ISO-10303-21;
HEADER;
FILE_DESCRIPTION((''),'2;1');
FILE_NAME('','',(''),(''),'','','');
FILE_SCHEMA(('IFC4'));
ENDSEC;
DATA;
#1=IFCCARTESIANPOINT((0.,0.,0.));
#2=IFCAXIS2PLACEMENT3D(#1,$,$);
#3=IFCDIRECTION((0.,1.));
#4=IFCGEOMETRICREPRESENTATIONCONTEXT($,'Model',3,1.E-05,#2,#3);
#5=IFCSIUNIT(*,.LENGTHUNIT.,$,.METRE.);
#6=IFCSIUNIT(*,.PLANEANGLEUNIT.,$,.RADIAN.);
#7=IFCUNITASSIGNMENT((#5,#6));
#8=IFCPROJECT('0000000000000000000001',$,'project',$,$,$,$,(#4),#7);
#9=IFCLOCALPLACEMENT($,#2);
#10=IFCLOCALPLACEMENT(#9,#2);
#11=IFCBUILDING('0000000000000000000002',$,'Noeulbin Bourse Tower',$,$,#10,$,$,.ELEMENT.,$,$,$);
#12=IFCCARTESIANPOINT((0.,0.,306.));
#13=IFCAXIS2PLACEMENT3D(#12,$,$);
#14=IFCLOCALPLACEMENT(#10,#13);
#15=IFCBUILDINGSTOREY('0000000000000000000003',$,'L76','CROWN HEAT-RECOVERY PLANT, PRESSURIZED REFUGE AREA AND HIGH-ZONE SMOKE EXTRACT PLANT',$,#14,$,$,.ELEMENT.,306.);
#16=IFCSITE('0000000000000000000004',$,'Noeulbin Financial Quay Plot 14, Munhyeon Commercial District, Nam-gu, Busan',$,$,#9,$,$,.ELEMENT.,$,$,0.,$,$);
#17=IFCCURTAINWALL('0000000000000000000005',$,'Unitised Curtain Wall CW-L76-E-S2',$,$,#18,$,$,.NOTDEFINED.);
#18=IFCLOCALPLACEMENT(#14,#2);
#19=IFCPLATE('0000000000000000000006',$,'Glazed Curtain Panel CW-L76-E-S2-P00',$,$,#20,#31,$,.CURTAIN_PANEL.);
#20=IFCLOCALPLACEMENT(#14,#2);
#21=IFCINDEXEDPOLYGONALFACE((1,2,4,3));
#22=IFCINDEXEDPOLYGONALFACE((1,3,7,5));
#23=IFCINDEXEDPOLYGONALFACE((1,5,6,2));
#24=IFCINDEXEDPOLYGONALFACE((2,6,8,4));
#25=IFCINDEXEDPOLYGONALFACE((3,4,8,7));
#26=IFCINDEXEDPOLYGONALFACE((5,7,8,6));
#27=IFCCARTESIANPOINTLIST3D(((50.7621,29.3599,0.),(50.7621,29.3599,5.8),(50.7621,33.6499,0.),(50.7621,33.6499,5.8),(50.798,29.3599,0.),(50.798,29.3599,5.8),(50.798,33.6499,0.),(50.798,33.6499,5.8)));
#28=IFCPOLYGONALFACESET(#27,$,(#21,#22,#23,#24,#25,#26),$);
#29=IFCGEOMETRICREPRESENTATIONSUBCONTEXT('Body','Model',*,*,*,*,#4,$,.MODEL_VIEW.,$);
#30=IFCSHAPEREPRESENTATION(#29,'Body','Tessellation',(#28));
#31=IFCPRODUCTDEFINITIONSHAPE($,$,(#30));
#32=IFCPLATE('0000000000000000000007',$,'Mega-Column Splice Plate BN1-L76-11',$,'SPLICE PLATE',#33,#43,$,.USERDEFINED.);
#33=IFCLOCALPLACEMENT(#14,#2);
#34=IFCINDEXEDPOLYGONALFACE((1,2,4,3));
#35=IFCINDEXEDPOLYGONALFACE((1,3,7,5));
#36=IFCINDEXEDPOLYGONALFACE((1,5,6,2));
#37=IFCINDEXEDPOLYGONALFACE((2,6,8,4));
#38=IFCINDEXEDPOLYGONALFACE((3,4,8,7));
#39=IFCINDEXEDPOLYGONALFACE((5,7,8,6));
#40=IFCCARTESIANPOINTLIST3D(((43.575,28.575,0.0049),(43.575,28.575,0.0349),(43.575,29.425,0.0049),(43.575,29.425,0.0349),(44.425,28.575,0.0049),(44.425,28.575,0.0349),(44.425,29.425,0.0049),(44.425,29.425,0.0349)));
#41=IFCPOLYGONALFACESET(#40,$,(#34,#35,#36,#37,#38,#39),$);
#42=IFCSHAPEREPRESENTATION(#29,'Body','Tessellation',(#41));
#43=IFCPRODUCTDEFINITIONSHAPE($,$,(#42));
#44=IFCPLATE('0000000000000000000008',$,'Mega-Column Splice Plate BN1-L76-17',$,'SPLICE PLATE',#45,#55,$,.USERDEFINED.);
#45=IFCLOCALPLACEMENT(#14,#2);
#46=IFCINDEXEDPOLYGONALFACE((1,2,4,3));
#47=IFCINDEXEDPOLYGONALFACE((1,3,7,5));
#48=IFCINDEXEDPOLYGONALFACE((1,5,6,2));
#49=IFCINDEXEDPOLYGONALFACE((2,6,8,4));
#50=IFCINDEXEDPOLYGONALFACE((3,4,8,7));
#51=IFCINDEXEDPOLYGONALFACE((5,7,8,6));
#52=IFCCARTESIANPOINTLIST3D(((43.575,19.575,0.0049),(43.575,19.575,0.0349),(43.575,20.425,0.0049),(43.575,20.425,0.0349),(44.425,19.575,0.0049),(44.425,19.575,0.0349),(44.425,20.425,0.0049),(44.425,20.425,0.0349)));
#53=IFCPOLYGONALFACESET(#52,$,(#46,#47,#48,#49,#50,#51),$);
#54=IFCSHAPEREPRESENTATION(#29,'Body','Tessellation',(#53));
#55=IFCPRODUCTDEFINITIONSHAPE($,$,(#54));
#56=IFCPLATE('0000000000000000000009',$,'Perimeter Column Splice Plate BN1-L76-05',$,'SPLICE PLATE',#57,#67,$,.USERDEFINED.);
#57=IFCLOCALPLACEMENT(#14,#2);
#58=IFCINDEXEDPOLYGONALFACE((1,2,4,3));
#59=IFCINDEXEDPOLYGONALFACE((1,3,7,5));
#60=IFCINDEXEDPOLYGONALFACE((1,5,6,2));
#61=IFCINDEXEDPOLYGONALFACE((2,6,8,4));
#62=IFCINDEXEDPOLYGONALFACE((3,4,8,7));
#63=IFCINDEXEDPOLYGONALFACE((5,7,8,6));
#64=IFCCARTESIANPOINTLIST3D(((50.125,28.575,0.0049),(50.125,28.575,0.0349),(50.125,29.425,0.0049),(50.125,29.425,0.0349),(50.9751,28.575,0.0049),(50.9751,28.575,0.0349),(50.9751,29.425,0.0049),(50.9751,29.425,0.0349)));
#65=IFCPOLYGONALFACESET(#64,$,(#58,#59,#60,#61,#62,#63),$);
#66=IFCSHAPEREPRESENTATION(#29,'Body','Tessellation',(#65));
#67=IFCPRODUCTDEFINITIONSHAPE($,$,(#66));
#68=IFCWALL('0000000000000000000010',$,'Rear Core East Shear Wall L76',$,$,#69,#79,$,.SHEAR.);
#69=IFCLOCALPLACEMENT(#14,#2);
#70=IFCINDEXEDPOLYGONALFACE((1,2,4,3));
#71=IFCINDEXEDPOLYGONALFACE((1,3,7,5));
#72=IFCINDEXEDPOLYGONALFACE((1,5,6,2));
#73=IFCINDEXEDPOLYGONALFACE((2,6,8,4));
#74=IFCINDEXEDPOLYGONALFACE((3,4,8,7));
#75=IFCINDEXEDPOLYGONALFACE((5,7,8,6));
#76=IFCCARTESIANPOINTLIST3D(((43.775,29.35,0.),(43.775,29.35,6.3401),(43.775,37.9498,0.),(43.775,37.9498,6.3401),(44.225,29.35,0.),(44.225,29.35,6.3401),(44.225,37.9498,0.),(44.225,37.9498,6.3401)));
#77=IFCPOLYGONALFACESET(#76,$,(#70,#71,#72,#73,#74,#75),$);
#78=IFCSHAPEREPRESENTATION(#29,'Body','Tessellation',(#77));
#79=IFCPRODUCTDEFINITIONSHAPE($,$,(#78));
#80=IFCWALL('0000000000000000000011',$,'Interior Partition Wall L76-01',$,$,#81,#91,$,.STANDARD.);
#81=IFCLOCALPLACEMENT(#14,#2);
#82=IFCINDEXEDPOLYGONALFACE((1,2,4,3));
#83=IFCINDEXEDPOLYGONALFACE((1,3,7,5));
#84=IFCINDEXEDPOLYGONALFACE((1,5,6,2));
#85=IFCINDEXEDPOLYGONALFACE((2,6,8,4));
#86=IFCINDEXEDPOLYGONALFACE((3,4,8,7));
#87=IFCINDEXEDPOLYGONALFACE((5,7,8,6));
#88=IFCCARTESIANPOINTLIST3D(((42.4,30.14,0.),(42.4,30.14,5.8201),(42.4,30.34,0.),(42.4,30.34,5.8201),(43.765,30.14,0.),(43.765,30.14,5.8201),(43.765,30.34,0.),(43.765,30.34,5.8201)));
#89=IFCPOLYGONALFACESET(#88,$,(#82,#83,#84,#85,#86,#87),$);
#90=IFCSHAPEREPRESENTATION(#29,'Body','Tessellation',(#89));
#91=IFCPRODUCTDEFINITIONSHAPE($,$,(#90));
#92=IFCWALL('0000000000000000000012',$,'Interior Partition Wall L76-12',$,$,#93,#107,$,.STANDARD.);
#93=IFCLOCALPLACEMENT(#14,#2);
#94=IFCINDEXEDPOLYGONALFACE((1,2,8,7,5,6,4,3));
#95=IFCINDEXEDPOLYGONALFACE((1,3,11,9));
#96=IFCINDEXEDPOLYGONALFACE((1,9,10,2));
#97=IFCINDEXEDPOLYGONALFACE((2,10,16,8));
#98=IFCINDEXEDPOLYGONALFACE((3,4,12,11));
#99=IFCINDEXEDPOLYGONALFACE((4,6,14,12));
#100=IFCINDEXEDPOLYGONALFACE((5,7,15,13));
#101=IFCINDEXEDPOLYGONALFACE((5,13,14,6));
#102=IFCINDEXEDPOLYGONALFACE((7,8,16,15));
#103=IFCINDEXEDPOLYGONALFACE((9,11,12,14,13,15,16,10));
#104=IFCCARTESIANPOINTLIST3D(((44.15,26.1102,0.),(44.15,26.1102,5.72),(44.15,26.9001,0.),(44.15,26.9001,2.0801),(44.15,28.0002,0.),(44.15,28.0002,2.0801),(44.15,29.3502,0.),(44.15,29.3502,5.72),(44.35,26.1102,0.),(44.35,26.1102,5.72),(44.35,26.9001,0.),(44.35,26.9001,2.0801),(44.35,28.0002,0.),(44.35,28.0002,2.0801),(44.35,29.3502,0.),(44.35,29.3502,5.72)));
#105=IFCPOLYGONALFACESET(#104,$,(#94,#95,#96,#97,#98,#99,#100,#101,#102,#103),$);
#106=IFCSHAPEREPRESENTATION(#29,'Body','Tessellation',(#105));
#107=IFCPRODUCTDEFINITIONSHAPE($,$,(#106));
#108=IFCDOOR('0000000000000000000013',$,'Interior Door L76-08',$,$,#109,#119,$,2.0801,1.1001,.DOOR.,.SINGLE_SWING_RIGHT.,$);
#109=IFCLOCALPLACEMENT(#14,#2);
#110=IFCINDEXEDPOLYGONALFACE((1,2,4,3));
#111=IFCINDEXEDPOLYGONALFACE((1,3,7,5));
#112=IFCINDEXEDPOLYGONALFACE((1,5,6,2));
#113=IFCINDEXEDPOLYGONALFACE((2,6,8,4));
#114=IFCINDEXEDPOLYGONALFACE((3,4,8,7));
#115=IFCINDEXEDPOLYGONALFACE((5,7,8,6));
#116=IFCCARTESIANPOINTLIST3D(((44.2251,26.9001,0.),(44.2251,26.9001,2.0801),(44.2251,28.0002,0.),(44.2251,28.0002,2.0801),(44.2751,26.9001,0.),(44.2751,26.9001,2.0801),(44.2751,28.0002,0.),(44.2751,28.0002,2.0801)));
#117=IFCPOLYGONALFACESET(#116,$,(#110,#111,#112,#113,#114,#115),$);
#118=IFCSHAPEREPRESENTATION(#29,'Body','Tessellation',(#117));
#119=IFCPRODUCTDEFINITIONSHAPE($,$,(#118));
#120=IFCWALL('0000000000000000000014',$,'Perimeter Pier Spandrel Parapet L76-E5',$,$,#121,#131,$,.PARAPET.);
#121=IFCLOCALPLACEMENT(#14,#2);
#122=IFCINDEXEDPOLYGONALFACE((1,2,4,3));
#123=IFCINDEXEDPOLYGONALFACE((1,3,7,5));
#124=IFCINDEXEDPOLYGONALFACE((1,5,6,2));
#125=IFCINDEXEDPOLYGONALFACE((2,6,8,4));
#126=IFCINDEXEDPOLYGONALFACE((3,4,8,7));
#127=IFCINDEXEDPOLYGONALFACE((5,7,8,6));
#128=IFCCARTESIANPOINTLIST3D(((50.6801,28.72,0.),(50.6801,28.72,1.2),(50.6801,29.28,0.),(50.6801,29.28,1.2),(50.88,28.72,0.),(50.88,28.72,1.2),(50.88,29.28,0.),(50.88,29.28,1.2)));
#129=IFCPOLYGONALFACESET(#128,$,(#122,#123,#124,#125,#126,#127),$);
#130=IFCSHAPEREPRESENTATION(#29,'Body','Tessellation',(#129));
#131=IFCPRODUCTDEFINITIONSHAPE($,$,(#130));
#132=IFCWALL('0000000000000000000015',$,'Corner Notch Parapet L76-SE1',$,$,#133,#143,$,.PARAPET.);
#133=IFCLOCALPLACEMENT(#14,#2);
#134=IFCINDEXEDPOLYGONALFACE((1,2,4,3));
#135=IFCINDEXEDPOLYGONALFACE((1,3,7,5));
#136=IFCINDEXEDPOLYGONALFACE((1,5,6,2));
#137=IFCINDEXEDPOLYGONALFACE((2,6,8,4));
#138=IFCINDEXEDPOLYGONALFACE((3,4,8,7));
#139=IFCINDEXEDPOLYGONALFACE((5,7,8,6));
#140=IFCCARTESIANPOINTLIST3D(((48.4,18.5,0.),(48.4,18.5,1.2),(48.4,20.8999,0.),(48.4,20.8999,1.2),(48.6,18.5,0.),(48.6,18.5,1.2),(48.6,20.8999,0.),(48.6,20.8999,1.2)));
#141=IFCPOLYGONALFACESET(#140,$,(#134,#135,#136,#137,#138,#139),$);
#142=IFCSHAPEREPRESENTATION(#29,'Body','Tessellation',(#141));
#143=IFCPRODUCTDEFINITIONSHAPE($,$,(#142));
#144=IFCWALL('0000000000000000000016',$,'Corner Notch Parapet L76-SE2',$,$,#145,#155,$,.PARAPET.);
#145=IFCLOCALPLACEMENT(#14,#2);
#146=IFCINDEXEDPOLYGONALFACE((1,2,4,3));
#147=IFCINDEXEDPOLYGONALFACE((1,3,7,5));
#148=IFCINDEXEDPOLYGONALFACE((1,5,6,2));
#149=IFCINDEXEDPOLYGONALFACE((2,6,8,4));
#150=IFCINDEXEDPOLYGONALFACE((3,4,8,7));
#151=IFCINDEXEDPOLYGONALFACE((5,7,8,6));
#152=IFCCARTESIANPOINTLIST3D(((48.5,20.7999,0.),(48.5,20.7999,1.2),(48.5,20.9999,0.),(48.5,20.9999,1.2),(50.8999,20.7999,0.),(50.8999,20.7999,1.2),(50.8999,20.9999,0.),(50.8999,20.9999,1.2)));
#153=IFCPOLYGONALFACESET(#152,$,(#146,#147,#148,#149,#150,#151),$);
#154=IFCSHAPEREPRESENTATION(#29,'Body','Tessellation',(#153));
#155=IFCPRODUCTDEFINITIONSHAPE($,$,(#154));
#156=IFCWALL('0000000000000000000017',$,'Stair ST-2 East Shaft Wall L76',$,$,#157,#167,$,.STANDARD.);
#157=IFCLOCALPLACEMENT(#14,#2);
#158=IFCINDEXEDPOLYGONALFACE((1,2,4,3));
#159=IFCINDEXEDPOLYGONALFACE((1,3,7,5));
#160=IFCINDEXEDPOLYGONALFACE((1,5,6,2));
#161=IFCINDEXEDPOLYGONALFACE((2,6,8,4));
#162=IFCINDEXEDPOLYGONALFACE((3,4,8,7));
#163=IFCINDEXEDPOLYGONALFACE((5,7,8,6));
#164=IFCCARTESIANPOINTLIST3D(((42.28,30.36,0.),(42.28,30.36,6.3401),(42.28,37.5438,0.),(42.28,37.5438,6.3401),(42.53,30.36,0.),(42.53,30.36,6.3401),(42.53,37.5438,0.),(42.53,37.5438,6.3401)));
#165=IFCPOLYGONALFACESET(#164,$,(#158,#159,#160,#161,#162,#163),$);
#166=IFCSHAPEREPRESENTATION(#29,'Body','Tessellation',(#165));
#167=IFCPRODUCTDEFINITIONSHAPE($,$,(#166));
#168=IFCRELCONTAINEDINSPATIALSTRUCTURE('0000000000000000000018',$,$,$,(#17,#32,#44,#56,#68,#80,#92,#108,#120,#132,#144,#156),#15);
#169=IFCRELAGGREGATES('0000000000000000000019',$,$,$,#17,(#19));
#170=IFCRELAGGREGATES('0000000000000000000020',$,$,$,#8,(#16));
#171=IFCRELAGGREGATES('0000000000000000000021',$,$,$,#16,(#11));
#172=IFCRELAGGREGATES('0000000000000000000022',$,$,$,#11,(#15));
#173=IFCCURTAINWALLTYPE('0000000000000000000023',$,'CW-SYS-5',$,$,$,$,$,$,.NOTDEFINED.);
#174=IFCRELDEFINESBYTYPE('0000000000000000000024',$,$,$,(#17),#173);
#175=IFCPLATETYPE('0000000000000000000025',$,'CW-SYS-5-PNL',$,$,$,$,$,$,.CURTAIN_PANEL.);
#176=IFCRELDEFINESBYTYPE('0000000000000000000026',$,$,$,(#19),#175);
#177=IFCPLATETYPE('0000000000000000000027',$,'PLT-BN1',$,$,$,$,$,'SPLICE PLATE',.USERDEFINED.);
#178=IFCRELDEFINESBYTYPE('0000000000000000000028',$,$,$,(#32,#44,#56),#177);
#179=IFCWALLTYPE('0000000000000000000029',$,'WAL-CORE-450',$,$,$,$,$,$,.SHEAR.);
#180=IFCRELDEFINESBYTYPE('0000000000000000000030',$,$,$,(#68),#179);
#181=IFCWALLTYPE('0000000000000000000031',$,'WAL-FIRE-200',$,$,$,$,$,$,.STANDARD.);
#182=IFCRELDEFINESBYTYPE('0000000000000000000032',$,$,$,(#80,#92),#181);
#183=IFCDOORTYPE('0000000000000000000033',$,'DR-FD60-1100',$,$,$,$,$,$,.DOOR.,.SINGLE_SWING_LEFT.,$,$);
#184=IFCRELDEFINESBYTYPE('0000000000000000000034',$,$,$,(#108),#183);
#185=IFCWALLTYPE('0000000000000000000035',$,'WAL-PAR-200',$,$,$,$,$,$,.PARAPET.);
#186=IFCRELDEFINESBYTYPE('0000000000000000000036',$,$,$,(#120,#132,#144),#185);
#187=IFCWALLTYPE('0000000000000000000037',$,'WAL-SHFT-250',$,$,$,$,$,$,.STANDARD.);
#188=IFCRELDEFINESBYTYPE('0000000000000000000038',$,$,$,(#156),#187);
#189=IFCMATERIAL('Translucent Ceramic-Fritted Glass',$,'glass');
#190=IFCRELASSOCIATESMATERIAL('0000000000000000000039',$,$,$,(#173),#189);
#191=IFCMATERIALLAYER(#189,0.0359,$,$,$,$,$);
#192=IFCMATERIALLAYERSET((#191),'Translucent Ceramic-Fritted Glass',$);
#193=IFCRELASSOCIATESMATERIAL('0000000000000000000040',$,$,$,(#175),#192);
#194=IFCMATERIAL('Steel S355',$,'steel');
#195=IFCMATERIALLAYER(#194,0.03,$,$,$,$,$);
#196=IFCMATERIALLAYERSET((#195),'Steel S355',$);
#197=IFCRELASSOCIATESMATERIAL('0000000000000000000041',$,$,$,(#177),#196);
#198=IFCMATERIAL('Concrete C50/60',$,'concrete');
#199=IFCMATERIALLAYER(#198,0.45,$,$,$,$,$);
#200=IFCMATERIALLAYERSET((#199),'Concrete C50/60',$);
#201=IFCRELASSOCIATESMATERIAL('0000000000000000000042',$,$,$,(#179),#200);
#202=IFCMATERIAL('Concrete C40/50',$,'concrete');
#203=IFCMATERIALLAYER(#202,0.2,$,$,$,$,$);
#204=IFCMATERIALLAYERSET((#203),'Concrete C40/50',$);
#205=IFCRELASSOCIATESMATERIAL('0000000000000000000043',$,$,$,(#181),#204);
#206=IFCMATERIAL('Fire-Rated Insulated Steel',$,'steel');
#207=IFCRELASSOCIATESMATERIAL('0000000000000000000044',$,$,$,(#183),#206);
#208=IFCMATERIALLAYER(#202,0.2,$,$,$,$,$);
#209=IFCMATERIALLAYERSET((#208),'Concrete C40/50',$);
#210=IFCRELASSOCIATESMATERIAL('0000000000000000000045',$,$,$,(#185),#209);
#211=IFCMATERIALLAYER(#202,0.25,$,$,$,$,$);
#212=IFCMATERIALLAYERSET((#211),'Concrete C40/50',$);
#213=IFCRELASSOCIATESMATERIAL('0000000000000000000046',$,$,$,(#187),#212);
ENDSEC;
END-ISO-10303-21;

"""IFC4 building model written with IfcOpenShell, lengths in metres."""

from ifc_helpers import new_model, si_unit, direction, frame, frame_2d, origin, origin_2d, place, context, subcontext, project, spatial, rectangle, extrude, material, layer, layer_set, type_object, element, fill, aggregate, save


model = new_model("IFC4")

# Units and contexts
model_context = context("Model", 3, precision=1e-05, world=origin(), true_north=direction((0.0, 1.0)))
body_context = subcontext(model_context, "Body", "Model", "MODEL_VIEW")
ifc_project = project(units=[si_unit("LENGTHUNIT", "METRE"), si_unit("PLANEANGLEUNIT", "RADIAN")], contexts=[model_context])

# Site, building, storey
site_placement = place(None, origin())
site = spatial("IfcSite", under=ifc_project, at=site_placement, Name="Noeulbin Financial Quay Plot 14, Munhyeon Commercial District, Nam-gu, Busan", CompositionType="ELEMENT", RefElevation=0.0)
building_placement = place(site_placement, origin())
building = spatial("IfcBuilding", under=site, at=building_placement, Name="Noeulbin Bourse Tower", CompositionType="ELEMENT")
storey_placement = place(building_placement, frame((0.0, 0.0, 306.0)))
storey = spatial("IfcBuildingStorey", under=building, at=storey_placement, Name="L76", Description="CROWN HEAT-RECOVERY PLANT, PRESSURIZED REFUGE AREA AND HIGH-ZONE SMOKE EXTRACT PLANT", CompositionType="ELEMENT", Elevation=306.0)

# Shared definitions
ifc_material_1 = material(Name="Steel S355", Category="steel")

# Shared definitions
ifc_material_2 = material(Name="Translucent Ceramic-Fritted Glass", Category="glass")
curtain_wall_type = type_object("IfcCurtainWallType", Name="CW-SYS-5", PredefinedType="NOTDEFINED", material=ifc_material_2)

# Curtain wall
curtain_wall_1_placement = place(storey_placement, origin())
curtain_wall_1 = element("IfcCurtainWall", 1, at=curtain_wall_1_placement, inside=storey, type_object=curtain_wall_type, Name="Unitised Curtain Wall CW-L76-E-S2", PredefinedType="NOTDEFINED")

# Plate
ifc_layer_1 = layer(ifc_material_2, 0.0359)
ifc_layer_set_1 = layer_set([ifc_layer_1], Name="Translucent Ceramic-Fritted Glass")
plate_type_1 = type_object("IfcPlateType", Name="CW-SYS-5-PNL", PredefinedType="CURTAIN_PANEL", material=ifc_layer_set_1)
plate_1_placement = place(storey_placement, frame((50.78, 31.5049, 0.0), z_axis=(0.0, 0.0, 1.0), x_axis=(0.0, 1.0, 0.0)))
plate_1 = element("IfcPlate", 2, at=plate_1_placement, type_object=plate_type_1, Name="Glazed Curtain Panel CW-L76-E-S2-P00", PredefinedType="CURTAIN_PANEL", context=body_context, shape_type="SweptSolid", body=[
    extrude(rectangle(XDim=4.29, YDim=0.0359, at=origin_2d()), origin(), (0.0, 0.0, 1.0), 5.8),
])
aggregate(curtain_wall_1, [plate_1])

# Plates
ifc_layer_2 = layer(ifc_material_1, 0.03)
ifc_layer_set_2 = layer_set([ifc_layer_2], Name="Steel S355")
plate_type_2 = type_object("IfcPlateType", Name="PLT-BN1", ElementType="SPLICE PLATE", PredefinedType="USERDEFINED", material=ifc_layer_set_2)
for number, where, z_axis, x_axis, name in (
    (3, (44.0, 29.0, 0.0049), (0.0, 0.0, 1.0), (1.0, 0.0, 0.0), "Mega-Column Splice Plate BN1-L76-11"),
    (4, (44.0, 20.0, 0.0049), (0.0, 0.0, 1.0), (1.0, 0.0, 0.0), "Mega-Column Splice Plate BN1-L76-17"),
    (5, (50.55, 29.0, 0.0049), (0.0, 0.0, 1.0), (1.0, 0.0, 0.0), "Perimeter Column Splice Plate BN1-L76-05"),
):
    element("IfcPlate", number, at=place(storey_placement, frame(where, z_axis=z_axis, x_axis=x_axis)), inside=storey, type_object=plate_type_2, Name=name, ObjectType="SPLICE PLATE", PredefinedType="USERDEFINED", context=body_context, shape_type="SweptSolid", body=[
        extrude(rectangle(XDim=0.8501, YDim=0.8501, at=origin_2d()), origin(), (0.0, 0.0, 1.0), 0.03),
    ])

# Walls
ifc_material_3 = material(Name="Concrete C50/60", Category="concrete")
ifc_layer_3 = layer(ifc_material_3, 0.45)
ifc_layer_set_3 = layer_set([ifc_layer_3], Name="Concrete C50/60")
wall_type_1 = type_object("IfcWallType", Name="WAL-CORE-450", PredefinedType="SHEAR", material=ifc_layer_set_3)
wall_1_placement = place(storey_placement, frame((44.0, 29.3501, 0.0), z_axis=(0.0, 0.0, 1.0), x_axis=(0.0, 1.0, 0.0)))
element("IfcWall", 6, at=wall_1_placement, inside=storey, type_object=wall_type_1, Name="Rear Core East Shear Wall L76", PredefinedType="SHEAR", context=body_context, shape_type="SweptSolid", body=[
    extrude(rectangle(XDim=8.5999, YDim=0.45, at=frame_2d((4.2998, 0.0))), origin(), (0.0, 0.0, 1.0), 6.3401),
])
ifc_material_4 = material(Name="Concrete C40/50", Category="concrete")
ifc_layer_4 = layer(ifc_material_4, 0.2)
ifc_layer_set_4 = layer_set([ifc_layer_4], Name="Concrete C40/50")
wall_type_2 = type_object("IfcWallType", Name="WAL-FIRE-200", PredefinedType="STANDARD", material=ifc_layer_set_4)
wall_2_placement = place(storey_placement, frame((42.3999, 30.24, 0.0), z_axis=(0.0, 0.0, 1.0), x_axis=(1.0, 0.0, 0.0)))
element("IfcWall", 7, at=wall_2_placement, inside=storey, type_object=wall_type_2, Name="Interior Partition Wall L76-01", PredefinedType="STANDARD", context=body_context, shape_type="SweptSolid", body=[
    extrude(rectangle(XDim=1.365, YDim=0.2, at=frame_2d((0.6826, 0.0))), origin(), (0.0, 0.0, 1.0), 5.8201),
])

# Wall, opening, door
wall_3_placement = place(storey_placement, frame((44.25, 26.1101, 0.0), z_axis=(0.0, 0.0, 1.0), x_axis=(0.0, 1.0, 0.0)))
wall_3 = element("IfcWall", 8, at=wall_3_placement, inside=storey, type_object=wall_type_2, Name="Interior Partition Wall L76-12", PredefinedType="STANDARD", context=body_context, shape_type="SweptSolid", body=[
    extrude(rectangle(XDim=3.24, YDim=0.2, at=frame_2d((1.6201, 0.0))), origin(), (0.0, 0.0, 1.0), 5.72),
])
opening_placement = place(wall_3_placement, frame((0.79, 0.0, 0.0)))
opening = element("IfcOpeningElement", 9, at=opening_placement, cuts=wall_3, PredefinedType="OPENING", context=body_context, shape_type="SweptSolid", body=[
    extrude(rectangle(XDim=1.1001, YDim=2.0801, at=frame_2d((0.55, 1.04))), frame((0.0, 0.1099, 0.0), z_axis=(0.0, -1.0, 0.0), x_axis=(1.0, 0.0, 0.0)), (0.0, 0.0, 1.0), 0.22),
])
ifc_material_5 = material(Name="Fire-Rated Insulated Steel", Category="steel")
door_type = type_object("IfcDoorType", Name="DR-FD60-1100", OperationType="SINGLE_SWING_LEFT", PredefinedType="DOOR", material=ifc_material_5)
door_placement = place(opening_placement, origin())
door = element("IfcDoor", 10, at=door_placement, inside=storey, type_object=door_type, Name="Interior Door L76-08", OperationType="SINGLE_SWING_RIGHT", OverallHeight=2.0801, OverallWidth=1.1001, PredefinedType="DOOR", context=body_context, shape_type="SweptSolid", body=[
    extrude(rectangle(XDim=1.1001, YDim=2.0801, at=frame_2d((0.55, 1.04))), frame((0.0, 0.0249, 0.0), z_axis=(0.0, -1.0, 0.0), x_axis=(1.0, 0.0, 0.0)), (0.0, 0.0, 1.0), 0.05),
])
fill(opening, door)

# Walls
ifc_layer_5 = layer(ifc_material_4, 0.2)
ifc_layer_set_5 = layer_set([ifc_layer_5], Name="Concrete C40/50")
wall_type_3 = type_object("IfcWallType", Name="WAL-PAR-200", PredefinedType="PARAPET", material=ifc_layer_set_5)
wall_4_placement = place(storey_placement, frame((50.78, 28.72, 0.0), z_axis=(0.0, 0.0, 1.0), x_axis=(0.0, 1.0, 0.0)))
element("IfcWall", 11, at=wall_4_placement, inside=storey, type_object=wall_type_3, Name="Perimeter Pier Spandrel Parapet L76-E5", PredefinedType="PARAPET", context=body_context, shape_type="SweptSolid", body=[
    extrude(rectangle(XDim=0.5601, YDim=0.2, at=frame_2d((0.28, 0.0))), origin(), (0.0, 0.0, 1.0), 1.2),
])
for number, where, z_axis, x_axis, name in (
    (12, (48.5, 18.5, 0.0), (0.0, 0.0, 1.0), (0.0, 1.0, 0.0), "Corner Notch Parapet L76-SE1"),
    (13, (48.5, 20.8999, 0.0), (0.0, 0.0, 1.0), (1.0, 0.0, 0.0), "Corner Notch Parapet L76-SE2"),
):
    element("IfcWall", number, at=place(storey_placement, frame(where, z_axis=z_axis, x_axis=x_axis)), inside=storey, type_object=wall_type_3, Name=name, PredefinedType="PARAPET", context=body_context, shape_type="SweptSolid", body=[
        extrude(rectangle(XDim=2.3999, YDim=0.2, at=frame_2d((1.2, 0.0))), origin(), (0.0, 0.0, 1.0), 1.2),
    ])
ifc_layer_6 = layer(ifc_material_4, 0.25)
ifc_layer_set_6 = layer_set([ifc_layer_6], Name="Concrete C40/50")
wall_type_4 = type_object("IfcWallType", Name="WAL-SHFT-250", PredefinedType="STANDARD", material=ifc_layer_set_6)
wall_5_placement = place(storey_placement, frame((42.405, 30.3601, 0.0), z_axis=(0.0, 0.0, 1.0), x_axis=(0.0, 1.0, 0.0)))
element("IfcWall", 14, at=wall_5_placement, inside=storey, type_object=wall_type_4, Name="Stair ST-2 East Shaft Wall L76", PredefinedType="STANDARD", context=body_context, shape_type="SweptSolid", body=[
    extrude(rectangle(XDim=7.1838, YDim=0.25, at=frame_2d((3.5918, 0.0))), origin(), (0.0, 0.0, 1.0), 6.3401),
])

save(model, "model.ifc")
